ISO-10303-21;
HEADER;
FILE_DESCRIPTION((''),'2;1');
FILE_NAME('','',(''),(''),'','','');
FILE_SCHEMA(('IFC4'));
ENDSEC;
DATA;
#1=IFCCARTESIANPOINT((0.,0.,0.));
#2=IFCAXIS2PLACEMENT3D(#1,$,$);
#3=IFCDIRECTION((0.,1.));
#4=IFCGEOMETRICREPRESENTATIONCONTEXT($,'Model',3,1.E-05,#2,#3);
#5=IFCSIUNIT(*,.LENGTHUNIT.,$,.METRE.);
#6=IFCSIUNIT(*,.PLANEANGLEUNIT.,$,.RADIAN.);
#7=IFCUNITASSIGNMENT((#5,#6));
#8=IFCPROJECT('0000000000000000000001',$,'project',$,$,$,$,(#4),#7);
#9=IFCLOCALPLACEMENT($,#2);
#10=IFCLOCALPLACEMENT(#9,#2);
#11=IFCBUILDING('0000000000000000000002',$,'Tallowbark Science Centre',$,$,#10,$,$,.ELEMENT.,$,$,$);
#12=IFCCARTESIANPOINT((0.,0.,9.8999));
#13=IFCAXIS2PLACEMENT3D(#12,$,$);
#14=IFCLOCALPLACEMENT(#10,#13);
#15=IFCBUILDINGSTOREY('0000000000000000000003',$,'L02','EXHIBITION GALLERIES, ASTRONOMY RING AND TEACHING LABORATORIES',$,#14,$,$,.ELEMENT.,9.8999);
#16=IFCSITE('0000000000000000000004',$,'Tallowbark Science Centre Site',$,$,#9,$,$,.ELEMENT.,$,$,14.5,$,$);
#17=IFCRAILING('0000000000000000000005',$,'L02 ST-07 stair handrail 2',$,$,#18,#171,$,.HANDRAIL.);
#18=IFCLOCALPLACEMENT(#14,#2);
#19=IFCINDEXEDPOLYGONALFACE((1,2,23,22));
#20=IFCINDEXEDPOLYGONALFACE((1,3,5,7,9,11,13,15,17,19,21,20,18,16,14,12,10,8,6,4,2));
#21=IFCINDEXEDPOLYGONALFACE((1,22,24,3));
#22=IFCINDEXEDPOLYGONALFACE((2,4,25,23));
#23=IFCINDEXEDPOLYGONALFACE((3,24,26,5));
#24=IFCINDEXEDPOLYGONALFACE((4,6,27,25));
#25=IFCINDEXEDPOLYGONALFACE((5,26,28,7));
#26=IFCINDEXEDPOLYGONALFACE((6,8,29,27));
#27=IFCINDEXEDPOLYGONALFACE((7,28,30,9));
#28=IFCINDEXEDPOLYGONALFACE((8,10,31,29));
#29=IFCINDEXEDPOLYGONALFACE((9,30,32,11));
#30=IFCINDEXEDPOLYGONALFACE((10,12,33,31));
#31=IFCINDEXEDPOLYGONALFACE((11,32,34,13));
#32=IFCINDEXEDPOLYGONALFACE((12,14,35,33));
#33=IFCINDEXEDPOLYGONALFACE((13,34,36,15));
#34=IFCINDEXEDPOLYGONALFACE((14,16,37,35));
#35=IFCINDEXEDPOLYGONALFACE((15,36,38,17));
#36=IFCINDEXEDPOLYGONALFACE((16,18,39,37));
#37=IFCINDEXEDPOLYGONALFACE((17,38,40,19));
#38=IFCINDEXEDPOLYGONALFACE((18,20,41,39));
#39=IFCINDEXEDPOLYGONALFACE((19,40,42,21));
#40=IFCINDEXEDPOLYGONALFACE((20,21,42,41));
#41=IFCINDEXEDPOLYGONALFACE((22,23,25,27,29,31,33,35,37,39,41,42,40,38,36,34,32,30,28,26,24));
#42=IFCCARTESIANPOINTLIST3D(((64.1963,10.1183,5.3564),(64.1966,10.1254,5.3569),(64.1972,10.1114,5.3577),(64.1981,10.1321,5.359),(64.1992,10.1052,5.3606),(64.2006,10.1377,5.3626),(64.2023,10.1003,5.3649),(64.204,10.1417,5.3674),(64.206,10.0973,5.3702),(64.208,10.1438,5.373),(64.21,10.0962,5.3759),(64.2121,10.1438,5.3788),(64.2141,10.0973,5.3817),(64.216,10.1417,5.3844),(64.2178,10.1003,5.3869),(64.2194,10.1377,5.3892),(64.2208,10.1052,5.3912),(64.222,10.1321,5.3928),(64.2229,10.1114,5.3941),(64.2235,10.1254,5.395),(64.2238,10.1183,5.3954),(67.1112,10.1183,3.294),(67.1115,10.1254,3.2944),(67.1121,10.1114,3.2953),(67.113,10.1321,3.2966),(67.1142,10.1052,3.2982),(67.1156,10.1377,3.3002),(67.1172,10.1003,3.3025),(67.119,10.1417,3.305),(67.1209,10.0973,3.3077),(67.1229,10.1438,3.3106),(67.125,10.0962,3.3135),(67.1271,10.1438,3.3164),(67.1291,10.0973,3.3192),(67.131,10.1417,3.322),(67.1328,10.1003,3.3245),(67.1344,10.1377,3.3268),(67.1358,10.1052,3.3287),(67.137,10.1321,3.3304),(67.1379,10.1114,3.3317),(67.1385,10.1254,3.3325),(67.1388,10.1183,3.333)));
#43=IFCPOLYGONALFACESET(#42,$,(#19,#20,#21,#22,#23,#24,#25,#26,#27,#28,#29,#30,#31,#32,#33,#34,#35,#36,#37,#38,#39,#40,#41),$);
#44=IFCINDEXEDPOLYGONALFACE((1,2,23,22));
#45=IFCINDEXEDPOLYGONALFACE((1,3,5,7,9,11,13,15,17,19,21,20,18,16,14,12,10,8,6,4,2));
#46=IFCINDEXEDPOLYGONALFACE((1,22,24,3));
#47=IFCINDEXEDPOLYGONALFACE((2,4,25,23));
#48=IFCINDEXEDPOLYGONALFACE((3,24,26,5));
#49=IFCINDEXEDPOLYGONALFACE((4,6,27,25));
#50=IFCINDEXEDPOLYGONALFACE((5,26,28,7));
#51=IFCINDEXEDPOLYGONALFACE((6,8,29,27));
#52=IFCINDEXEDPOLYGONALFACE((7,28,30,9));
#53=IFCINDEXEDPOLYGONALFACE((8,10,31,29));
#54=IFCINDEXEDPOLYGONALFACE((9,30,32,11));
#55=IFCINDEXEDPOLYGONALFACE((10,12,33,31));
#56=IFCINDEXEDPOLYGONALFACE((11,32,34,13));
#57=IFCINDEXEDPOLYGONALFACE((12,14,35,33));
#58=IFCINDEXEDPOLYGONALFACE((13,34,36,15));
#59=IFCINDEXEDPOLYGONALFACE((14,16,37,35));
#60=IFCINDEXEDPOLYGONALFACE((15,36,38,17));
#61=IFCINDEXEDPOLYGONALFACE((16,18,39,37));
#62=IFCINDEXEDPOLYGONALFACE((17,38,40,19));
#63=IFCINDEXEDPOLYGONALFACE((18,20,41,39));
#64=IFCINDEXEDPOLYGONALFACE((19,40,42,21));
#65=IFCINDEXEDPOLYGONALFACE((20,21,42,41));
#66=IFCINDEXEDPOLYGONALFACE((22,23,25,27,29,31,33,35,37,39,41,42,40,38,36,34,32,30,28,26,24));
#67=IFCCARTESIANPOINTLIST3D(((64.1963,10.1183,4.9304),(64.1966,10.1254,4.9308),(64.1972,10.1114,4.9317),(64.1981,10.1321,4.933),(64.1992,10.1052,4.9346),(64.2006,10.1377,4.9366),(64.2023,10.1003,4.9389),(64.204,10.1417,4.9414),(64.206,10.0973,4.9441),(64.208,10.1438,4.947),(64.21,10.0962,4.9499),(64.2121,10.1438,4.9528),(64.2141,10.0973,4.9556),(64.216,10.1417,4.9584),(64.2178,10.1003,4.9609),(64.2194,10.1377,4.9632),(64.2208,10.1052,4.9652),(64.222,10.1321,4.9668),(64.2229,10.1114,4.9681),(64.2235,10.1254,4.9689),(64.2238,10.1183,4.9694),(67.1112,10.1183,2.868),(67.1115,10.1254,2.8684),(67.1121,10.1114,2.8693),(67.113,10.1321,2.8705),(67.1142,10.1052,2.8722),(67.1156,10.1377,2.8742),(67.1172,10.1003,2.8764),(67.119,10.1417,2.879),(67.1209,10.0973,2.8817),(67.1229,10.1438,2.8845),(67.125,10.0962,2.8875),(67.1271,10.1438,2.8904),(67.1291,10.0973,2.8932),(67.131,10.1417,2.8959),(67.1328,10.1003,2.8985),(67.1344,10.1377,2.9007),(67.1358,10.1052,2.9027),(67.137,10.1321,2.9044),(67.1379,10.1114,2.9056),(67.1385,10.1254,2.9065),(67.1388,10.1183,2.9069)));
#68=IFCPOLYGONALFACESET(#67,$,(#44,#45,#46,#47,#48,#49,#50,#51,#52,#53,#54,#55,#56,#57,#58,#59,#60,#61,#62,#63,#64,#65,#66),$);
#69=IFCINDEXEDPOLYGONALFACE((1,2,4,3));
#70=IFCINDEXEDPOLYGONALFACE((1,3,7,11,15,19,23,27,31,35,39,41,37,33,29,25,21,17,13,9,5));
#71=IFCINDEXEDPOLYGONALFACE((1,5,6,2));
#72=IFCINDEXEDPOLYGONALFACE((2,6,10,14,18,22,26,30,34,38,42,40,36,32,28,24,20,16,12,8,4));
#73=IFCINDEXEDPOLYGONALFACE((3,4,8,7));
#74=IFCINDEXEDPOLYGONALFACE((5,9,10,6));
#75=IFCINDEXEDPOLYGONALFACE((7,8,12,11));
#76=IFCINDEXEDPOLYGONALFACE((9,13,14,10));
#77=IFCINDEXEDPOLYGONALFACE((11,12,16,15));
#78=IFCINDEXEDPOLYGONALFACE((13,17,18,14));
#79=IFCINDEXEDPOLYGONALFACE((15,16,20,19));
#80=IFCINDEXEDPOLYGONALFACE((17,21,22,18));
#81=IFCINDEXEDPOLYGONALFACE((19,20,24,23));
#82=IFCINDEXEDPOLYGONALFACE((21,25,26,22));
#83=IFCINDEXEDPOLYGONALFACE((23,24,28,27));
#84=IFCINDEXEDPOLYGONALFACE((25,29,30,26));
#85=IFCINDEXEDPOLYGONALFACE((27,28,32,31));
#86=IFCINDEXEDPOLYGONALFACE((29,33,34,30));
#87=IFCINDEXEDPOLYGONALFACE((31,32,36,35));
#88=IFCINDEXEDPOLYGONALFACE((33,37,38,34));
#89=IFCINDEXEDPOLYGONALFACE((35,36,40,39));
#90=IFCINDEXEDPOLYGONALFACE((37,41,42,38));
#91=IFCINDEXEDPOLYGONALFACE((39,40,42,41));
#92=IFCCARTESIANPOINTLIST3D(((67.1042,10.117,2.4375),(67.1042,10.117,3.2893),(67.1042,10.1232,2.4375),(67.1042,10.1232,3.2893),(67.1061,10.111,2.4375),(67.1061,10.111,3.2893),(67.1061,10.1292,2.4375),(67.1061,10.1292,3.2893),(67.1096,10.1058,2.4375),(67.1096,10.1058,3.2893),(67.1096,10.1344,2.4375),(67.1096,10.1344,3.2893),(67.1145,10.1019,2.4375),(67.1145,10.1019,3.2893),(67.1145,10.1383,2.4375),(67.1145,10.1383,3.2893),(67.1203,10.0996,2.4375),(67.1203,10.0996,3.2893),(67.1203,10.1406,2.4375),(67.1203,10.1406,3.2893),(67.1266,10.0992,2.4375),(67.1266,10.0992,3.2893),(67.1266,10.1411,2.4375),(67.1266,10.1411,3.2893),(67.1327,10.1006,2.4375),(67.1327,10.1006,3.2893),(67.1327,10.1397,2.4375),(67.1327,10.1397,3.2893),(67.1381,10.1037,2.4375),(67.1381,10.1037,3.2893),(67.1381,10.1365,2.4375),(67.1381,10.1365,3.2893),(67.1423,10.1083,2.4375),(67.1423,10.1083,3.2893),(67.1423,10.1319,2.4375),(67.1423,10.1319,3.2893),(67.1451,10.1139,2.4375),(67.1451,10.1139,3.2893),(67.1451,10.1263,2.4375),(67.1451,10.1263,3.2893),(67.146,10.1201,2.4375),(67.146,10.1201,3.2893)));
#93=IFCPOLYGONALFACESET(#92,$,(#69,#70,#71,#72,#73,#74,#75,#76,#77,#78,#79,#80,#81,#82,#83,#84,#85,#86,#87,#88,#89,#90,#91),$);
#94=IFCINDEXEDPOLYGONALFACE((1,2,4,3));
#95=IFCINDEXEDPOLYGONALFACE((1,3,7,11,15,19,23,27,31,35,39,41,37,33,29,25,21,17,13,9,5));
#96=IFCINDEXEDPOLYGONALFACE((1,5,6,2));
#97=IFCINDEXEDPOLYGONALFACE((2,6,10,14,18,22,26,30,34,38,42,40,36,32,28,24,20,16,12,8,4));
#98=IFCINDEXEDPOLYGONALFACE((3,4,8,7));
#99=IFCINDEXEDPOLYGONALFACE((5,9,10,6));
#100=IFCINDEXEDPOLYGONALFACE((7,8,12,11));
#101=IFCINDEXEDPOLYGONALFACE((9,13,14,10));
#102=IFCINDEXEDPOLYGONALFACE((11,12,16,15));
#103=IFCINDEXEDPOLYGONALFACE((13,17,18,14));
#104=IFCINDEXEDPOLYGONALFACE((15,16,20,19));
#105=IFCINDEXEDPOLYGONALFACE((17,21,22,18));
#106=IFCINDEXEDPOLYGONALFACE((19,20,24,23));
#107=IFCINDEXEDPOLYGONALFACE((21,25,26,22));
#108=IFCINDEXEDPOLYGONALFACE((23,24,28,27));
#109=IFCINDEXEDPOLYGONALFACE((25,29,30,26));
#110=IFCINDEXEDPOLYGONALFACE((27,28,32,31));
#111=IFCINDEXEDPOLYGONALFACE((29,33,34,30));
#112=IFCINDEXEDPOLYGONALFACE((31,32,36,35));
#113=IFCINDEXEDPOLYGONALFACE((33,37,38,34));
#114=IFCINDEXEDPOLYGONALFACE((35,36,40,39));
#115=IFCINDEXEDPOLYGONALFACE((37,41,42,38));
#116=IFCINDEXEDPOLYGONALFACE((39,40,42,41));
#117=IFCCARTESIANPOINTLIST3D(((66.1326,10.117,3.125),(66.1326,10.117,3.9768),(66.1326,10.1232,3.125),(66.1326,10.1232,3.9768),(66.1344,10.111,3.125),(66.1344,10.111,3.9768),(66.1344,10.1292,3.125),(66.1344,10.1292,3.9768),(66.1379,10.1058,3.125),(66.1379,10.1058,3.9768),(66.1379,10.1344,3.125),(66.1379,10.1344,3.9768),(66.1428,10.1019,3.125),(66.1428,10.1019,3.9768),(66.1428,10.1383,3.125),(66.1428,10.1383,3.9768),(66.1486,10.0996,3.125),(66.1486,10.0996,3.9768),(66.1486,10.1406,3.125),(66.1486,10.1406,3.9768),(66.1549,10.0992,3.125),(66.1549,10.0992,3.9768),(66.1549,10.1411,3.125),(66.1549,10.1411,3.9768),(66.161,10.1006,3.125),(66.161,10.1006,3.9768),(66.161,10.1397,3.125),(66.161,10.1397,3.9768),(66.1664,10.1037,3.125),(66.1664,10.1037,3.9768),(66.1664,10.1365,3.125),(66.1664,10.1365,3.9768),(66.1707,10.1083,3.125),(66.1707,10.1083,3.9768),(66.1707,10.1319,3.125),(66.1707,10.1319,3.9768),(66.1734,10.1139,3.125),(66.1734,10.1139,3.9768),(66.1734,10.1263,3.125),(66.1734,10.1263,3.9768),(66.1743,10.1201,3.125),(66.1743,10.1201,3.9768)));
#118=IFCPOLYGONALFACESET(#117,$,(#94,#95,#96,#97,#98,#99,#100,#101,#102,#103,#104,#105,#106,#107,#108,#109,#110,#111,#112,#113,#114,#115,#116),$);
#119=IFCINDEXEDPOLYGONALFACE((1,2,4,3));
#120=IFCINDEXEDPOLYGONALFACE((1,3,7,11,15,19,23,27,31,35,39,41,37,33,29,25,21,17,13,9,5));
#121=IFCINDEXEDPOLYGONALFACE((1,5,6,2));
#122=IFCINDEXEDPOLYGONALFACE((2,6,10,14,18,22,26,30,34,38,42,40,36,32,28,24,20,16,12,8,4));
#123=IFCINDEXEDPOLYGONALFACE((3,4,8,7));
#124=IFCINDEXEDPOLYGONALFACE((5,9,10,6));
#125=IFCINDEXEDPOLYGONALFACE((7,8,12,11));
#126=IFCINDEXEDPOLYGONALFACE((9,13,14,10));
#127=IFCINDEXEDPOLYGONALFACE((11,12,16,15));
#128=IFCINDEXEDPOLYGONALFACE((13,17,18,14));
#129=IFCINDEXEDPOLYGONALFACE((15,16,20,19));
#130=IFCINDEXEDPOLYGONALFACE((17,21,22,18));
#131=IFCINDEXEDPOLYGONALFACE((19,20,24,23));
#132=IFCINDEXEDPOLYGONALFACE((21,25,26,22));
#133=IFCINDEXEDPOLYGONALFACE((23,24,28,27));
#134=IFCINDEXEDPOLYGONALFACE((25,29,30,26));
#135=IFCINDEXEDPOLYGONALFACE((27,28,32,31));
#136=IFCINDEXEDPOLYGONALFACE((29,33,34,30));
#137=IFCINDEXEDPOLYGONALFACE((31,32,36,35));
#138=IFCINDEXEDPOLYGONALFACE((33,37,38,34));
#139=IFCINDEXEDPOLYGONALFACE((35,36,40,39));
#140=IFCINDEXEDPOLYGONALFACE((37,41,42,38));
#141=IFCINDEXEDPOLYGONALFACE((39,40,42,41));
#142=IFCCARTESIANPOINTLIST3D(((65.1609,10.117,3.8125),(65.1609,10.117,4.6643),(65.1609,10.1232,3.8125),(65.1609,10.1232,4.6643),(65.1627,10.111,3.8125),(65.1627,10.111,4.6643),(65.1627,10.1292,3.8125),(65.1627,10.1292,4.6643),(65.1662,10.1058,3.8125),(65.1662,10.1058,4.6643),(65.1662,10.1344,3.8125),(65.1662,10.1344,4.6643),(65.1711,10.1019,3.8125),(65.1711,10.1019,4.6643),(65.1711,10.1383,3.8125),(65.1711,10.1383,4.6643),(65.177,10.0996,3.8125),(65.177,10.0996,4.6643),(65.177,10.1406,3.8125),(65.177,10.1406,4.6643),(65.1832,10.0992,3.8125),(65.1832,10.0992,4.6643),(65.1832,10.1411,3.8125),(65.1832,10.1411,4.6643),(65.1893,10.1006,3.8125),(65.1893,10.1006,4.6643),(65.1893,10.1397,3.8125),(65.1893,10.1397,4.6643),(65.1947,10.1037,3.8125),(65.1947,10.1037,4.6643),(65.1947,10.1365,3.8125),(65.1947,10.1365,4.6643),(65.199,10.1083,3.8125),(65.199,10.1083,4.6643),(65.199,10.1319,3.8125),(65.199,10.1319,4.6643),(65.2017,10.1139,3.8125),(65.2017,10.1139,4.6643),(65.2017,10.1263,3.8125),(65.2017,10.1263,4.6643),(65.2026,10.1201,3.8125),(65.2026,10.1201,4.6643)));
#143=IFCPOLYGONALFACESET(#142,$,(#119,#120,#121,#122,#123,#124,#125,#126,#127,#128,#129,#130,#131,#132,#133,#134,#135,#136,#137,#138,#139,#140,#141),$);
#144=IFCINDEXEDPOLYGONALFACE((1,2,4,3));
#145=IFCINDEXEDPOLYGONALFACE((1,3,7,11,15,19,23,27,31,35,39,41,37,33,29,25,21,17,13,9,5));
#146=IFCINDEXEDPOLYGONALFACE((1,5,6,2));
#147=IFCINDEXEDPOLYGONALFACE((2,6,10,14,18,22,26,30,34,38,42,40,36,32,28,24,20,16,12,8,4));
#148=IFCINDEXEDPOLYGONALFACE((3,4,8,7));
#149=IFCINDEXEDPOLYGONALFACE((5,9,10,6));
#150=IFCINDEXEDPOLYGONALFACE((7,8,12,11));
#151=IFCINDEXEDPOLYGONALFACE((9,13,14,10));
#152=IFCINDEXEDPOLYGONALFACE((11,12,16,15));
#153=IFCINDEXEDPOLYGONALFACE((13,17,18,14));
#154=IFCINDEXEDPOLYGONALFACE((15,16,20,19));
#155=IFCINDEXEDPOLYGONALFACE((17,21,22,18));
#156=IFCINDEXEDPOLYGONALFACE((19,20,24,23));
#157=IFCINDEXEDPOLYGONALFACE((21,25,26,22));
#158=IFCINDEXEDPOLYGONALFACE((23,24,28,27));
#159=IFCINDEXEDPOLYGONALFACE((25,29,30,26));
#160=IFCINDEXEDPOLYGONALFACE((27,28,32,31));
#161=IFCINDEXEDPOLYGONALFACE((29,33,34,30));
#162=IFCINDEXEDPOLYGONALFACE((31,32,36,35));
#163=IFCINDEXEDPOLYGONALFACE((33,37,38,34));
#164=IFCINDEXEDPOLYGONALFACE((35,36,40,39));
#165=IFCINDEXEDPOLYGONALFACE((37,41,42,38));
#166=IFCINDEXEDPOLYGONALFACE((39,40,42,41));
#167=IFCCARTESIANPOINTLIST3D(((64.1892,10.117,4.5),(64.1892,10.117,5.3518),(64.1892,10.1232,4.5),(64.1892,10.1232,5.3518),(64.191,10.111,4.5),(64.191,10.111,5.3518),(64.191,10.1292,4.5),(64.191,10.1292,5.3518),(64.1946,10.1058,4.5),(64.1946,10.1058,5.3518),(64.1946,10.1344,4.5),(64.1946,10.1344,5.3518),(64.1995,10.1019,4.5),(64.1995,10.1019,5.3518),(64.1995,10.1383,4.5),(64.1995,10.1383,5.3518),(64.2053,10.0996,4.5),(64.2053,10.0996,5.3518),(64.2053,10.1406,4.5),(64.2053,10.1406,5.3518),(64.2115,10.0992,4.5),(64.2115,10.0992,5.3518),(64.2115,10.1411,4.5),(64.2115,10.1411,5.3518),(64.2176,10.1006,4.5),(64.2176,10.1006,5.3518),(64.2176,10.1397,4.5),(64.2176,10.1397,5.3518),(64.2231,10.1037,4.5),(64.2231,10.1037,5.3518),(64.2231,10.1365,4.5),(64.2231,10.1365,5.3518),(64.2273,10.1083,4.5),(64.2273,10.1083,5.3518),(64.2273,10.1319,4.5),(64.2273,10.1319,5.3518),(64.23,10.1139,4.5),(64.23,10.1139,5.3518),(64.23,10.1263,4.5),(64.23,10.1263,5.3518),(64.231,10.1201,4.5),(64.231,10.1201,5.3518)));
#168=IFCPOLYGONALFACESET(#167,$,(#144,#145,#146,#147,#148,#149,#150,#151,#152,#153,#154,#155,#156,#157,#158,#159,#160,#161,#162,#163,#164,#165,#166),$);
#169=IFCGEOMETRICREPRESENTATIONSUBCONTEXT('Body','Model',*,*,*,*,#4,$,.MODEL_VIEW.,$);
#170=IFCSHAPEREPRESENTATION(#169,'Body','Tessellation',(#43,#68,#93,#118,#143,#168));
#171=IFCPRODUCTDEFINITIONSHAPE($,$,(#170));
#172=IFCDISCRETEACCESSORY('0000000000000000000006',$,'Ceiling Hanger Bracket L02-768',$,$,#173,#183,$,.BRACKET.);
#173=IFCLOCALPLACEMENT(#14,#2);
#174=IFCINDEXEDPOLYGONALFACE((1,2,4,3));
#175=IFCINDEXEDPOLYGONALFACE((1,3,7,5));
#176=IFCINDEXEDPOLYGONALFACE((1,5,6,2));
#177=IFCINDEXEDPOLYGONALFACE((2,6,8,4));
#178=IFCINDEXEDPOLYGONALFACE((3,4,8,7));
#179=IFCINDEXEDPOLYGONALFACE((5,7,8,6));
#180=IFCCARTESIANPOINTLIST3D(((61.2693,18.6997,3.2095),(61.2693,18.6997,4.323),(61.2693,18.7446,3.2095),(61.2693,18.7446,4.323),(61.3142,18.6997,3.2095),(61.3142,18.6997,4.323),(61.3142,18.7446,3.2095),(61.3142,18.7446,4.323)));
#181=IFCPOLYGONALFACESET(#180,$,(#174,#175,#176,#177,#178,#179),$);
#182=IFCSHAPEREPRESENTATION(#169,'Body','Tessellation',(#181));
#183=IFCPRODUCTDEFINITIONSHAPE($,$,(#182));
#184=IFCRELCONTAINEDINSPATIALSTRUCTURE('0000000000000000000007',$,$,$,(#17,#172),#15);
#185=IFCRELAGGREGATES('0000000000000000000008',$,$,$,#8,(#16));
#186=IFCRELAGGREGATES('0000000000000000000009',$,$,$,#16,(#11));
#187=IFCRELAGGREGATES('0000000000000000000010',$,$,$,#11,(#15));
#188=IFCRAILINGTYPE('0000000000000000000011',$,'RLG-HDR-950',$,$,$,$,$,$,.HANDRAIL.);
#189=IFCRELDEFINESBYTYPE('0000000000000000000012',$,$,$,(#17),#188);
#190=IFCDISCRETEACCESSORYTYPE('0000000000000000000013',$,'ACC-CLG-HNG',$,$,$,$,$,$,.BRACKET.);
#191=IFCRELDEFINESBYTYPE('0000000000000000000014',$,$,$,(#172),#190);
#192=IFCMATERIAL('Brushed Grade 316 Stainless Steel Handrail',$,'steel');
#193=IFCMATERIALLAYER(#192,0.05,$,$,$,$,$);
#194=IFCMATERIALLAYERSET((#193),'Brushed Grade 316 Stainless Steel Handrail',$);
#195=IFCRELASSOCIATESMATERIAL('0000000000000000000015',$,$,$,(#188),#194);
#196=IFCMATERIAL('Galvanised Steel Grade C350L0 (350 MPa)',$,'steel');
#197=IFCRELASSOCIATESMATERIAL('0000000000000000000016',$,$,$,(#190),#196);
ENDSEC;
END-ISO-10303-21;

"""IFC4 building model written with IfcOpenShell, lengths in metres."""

from ifc_helpers import new_model, si_unit, direction, frame, origin, origin_2d, place, context, subcontext, project, spatial, rectangle, circle, extrude, material, layer, layer_set, type_object, element, save


model = new_model("IFC4")

# Units and contexts
model_context = context("Model", 3, precision=1e-05, world=origin(), true_north=direction((0.0, 1.0)))
body_context = subcontext(model_context, "Body", "Model", "MODEL_VIEW")
ifc_project = project(units=[si_unit("LENGTHUNIT", "METRE"), si_unit("PLANEANGLEUNIT", "RADIAN")], contexts=[model_context])

# Site, building, storey
site_placement = place(None, origin())
site = spatial("IfcSite", under=ifc_project, at=site_placement, Name="Tallowbark Science Centre Site", CompositionType="ELEMENT", RefElevation=14.5)
building_placement = place(site_placement, origin())
building = spatial("IfcBuilding", under=site, at=building_placement, Name="Tallowbark Science Centre", CompositionType="ELEMENT")
storey_placement = place(building_placement, frame((0.0, 0.0, 9.8999)))
storey = spatial("IfcBuildingStorey", under=building, at=storey_placement, Name="L02", Description="EXHIBITION GALLERIES, ASTRONOMY RING AND TEACHING LABORATORIES", CompositionType="ELEMENT", Elevation=9.8999)

# Railing
ifc_material_1 = material(Name="Brushed Grade 316 Stainless Steel Handrail", Category="steel")
ifc_layer_1 = layer(ifc_material_1, 0.05)
ifc_layer_set_1 = layer_set([ifc_layer_1], Name="Brushed Grade 316 Stainless Steel Handrail")
railing_type_1 = type_object("IfcRailingType", Name="RLG-HDR-950", PredefinedType="HANDRAIL", material=ifc_layer_set_1)
railing_1_placement = place(storey_placement, frame((67.125, 10.1201, 2.4375)))
element("IfcRailing", 1, at=railing_1_placement, inside=storey, type_object=railing_type_1, Name="L02 ST-07 stair handrail 2", PredefinedType="HANDRAIL", context=body_context, shape_type="SweptSolid", body=[
    extrude(circle(Radius=0.0239, at=origin_2d()), frame((0.0, 0.0, 0.876), z_axis=(-0.816331, 0.0, 0.577585), x_axis=(0.0, -1.0, 0.0)), (0.0, 0.0, 1.0), 3.5708),
    extrude(circle(Radius=0.0239, at=origin_2d()), frame((0.0, 0.0, 0.45), z_axis=(-0.816331, 0.0, 0.577585), x_axis=(0.0, -1.0, 0.0)), (0.0, 0.0, 1.0), 3.5708),
    extrude(circle(Radius=0.021, at=origin_2d()), origin(), (0.0, 0.0, 1.0), 0.8518),
    extrude(circle(Radius=0.021, at=origin_2d()), frame((-0.9717, 0.0, 0.6875)), (0.0, 0.0, 1.0), 0.8518),
    extrude(circle(Radius=0.021, at=origin_2d()), frame((-1.9434, 0.0, 1.375)), (0.0, 0.0, 1.0), 0.8518),
    extrude(circle(Radius=0.021, at=origin_2d()), frame((-2.915, 0.0, 2.0625)), (0.0, 0.0, 1.0), 0.8518),
])

# Discrete accessory
ifc_material_2 = material(Name="Galvanised Steel Grade C350L0 (350 MPa)", Category="steel")
discrete_accessory_type = type_object("IfcDiscreteAccessoryType", Name="ACC-CLG-HNG", PredefinedType="BRACKET", material=ifc_material_2)
discrete_accessory_placement = place(storey_placement, frame((61.2917, 18.7222, 3.2095), z_axis=(0.0, 0.0, 1.0), x_axis=(1.0, 0.0, 0.0)))
element("IfcDiscreteAccessory", 2, at=discrete_accessory_placement, inside=storey, type_object=discrete_accessory_type, Name="Ceiling Hanger Bracket L02-768", PredefinedType="BRACKET", context=body_context, shape_type="SweptSolid", body=[
    extrude(rectangle(XDim=0.0449, YDim=0.0449, at=origin_2d()), origin(), (0.0, 0.0, 1.0), 1.1135),
])

save(model, "model.ifc")
